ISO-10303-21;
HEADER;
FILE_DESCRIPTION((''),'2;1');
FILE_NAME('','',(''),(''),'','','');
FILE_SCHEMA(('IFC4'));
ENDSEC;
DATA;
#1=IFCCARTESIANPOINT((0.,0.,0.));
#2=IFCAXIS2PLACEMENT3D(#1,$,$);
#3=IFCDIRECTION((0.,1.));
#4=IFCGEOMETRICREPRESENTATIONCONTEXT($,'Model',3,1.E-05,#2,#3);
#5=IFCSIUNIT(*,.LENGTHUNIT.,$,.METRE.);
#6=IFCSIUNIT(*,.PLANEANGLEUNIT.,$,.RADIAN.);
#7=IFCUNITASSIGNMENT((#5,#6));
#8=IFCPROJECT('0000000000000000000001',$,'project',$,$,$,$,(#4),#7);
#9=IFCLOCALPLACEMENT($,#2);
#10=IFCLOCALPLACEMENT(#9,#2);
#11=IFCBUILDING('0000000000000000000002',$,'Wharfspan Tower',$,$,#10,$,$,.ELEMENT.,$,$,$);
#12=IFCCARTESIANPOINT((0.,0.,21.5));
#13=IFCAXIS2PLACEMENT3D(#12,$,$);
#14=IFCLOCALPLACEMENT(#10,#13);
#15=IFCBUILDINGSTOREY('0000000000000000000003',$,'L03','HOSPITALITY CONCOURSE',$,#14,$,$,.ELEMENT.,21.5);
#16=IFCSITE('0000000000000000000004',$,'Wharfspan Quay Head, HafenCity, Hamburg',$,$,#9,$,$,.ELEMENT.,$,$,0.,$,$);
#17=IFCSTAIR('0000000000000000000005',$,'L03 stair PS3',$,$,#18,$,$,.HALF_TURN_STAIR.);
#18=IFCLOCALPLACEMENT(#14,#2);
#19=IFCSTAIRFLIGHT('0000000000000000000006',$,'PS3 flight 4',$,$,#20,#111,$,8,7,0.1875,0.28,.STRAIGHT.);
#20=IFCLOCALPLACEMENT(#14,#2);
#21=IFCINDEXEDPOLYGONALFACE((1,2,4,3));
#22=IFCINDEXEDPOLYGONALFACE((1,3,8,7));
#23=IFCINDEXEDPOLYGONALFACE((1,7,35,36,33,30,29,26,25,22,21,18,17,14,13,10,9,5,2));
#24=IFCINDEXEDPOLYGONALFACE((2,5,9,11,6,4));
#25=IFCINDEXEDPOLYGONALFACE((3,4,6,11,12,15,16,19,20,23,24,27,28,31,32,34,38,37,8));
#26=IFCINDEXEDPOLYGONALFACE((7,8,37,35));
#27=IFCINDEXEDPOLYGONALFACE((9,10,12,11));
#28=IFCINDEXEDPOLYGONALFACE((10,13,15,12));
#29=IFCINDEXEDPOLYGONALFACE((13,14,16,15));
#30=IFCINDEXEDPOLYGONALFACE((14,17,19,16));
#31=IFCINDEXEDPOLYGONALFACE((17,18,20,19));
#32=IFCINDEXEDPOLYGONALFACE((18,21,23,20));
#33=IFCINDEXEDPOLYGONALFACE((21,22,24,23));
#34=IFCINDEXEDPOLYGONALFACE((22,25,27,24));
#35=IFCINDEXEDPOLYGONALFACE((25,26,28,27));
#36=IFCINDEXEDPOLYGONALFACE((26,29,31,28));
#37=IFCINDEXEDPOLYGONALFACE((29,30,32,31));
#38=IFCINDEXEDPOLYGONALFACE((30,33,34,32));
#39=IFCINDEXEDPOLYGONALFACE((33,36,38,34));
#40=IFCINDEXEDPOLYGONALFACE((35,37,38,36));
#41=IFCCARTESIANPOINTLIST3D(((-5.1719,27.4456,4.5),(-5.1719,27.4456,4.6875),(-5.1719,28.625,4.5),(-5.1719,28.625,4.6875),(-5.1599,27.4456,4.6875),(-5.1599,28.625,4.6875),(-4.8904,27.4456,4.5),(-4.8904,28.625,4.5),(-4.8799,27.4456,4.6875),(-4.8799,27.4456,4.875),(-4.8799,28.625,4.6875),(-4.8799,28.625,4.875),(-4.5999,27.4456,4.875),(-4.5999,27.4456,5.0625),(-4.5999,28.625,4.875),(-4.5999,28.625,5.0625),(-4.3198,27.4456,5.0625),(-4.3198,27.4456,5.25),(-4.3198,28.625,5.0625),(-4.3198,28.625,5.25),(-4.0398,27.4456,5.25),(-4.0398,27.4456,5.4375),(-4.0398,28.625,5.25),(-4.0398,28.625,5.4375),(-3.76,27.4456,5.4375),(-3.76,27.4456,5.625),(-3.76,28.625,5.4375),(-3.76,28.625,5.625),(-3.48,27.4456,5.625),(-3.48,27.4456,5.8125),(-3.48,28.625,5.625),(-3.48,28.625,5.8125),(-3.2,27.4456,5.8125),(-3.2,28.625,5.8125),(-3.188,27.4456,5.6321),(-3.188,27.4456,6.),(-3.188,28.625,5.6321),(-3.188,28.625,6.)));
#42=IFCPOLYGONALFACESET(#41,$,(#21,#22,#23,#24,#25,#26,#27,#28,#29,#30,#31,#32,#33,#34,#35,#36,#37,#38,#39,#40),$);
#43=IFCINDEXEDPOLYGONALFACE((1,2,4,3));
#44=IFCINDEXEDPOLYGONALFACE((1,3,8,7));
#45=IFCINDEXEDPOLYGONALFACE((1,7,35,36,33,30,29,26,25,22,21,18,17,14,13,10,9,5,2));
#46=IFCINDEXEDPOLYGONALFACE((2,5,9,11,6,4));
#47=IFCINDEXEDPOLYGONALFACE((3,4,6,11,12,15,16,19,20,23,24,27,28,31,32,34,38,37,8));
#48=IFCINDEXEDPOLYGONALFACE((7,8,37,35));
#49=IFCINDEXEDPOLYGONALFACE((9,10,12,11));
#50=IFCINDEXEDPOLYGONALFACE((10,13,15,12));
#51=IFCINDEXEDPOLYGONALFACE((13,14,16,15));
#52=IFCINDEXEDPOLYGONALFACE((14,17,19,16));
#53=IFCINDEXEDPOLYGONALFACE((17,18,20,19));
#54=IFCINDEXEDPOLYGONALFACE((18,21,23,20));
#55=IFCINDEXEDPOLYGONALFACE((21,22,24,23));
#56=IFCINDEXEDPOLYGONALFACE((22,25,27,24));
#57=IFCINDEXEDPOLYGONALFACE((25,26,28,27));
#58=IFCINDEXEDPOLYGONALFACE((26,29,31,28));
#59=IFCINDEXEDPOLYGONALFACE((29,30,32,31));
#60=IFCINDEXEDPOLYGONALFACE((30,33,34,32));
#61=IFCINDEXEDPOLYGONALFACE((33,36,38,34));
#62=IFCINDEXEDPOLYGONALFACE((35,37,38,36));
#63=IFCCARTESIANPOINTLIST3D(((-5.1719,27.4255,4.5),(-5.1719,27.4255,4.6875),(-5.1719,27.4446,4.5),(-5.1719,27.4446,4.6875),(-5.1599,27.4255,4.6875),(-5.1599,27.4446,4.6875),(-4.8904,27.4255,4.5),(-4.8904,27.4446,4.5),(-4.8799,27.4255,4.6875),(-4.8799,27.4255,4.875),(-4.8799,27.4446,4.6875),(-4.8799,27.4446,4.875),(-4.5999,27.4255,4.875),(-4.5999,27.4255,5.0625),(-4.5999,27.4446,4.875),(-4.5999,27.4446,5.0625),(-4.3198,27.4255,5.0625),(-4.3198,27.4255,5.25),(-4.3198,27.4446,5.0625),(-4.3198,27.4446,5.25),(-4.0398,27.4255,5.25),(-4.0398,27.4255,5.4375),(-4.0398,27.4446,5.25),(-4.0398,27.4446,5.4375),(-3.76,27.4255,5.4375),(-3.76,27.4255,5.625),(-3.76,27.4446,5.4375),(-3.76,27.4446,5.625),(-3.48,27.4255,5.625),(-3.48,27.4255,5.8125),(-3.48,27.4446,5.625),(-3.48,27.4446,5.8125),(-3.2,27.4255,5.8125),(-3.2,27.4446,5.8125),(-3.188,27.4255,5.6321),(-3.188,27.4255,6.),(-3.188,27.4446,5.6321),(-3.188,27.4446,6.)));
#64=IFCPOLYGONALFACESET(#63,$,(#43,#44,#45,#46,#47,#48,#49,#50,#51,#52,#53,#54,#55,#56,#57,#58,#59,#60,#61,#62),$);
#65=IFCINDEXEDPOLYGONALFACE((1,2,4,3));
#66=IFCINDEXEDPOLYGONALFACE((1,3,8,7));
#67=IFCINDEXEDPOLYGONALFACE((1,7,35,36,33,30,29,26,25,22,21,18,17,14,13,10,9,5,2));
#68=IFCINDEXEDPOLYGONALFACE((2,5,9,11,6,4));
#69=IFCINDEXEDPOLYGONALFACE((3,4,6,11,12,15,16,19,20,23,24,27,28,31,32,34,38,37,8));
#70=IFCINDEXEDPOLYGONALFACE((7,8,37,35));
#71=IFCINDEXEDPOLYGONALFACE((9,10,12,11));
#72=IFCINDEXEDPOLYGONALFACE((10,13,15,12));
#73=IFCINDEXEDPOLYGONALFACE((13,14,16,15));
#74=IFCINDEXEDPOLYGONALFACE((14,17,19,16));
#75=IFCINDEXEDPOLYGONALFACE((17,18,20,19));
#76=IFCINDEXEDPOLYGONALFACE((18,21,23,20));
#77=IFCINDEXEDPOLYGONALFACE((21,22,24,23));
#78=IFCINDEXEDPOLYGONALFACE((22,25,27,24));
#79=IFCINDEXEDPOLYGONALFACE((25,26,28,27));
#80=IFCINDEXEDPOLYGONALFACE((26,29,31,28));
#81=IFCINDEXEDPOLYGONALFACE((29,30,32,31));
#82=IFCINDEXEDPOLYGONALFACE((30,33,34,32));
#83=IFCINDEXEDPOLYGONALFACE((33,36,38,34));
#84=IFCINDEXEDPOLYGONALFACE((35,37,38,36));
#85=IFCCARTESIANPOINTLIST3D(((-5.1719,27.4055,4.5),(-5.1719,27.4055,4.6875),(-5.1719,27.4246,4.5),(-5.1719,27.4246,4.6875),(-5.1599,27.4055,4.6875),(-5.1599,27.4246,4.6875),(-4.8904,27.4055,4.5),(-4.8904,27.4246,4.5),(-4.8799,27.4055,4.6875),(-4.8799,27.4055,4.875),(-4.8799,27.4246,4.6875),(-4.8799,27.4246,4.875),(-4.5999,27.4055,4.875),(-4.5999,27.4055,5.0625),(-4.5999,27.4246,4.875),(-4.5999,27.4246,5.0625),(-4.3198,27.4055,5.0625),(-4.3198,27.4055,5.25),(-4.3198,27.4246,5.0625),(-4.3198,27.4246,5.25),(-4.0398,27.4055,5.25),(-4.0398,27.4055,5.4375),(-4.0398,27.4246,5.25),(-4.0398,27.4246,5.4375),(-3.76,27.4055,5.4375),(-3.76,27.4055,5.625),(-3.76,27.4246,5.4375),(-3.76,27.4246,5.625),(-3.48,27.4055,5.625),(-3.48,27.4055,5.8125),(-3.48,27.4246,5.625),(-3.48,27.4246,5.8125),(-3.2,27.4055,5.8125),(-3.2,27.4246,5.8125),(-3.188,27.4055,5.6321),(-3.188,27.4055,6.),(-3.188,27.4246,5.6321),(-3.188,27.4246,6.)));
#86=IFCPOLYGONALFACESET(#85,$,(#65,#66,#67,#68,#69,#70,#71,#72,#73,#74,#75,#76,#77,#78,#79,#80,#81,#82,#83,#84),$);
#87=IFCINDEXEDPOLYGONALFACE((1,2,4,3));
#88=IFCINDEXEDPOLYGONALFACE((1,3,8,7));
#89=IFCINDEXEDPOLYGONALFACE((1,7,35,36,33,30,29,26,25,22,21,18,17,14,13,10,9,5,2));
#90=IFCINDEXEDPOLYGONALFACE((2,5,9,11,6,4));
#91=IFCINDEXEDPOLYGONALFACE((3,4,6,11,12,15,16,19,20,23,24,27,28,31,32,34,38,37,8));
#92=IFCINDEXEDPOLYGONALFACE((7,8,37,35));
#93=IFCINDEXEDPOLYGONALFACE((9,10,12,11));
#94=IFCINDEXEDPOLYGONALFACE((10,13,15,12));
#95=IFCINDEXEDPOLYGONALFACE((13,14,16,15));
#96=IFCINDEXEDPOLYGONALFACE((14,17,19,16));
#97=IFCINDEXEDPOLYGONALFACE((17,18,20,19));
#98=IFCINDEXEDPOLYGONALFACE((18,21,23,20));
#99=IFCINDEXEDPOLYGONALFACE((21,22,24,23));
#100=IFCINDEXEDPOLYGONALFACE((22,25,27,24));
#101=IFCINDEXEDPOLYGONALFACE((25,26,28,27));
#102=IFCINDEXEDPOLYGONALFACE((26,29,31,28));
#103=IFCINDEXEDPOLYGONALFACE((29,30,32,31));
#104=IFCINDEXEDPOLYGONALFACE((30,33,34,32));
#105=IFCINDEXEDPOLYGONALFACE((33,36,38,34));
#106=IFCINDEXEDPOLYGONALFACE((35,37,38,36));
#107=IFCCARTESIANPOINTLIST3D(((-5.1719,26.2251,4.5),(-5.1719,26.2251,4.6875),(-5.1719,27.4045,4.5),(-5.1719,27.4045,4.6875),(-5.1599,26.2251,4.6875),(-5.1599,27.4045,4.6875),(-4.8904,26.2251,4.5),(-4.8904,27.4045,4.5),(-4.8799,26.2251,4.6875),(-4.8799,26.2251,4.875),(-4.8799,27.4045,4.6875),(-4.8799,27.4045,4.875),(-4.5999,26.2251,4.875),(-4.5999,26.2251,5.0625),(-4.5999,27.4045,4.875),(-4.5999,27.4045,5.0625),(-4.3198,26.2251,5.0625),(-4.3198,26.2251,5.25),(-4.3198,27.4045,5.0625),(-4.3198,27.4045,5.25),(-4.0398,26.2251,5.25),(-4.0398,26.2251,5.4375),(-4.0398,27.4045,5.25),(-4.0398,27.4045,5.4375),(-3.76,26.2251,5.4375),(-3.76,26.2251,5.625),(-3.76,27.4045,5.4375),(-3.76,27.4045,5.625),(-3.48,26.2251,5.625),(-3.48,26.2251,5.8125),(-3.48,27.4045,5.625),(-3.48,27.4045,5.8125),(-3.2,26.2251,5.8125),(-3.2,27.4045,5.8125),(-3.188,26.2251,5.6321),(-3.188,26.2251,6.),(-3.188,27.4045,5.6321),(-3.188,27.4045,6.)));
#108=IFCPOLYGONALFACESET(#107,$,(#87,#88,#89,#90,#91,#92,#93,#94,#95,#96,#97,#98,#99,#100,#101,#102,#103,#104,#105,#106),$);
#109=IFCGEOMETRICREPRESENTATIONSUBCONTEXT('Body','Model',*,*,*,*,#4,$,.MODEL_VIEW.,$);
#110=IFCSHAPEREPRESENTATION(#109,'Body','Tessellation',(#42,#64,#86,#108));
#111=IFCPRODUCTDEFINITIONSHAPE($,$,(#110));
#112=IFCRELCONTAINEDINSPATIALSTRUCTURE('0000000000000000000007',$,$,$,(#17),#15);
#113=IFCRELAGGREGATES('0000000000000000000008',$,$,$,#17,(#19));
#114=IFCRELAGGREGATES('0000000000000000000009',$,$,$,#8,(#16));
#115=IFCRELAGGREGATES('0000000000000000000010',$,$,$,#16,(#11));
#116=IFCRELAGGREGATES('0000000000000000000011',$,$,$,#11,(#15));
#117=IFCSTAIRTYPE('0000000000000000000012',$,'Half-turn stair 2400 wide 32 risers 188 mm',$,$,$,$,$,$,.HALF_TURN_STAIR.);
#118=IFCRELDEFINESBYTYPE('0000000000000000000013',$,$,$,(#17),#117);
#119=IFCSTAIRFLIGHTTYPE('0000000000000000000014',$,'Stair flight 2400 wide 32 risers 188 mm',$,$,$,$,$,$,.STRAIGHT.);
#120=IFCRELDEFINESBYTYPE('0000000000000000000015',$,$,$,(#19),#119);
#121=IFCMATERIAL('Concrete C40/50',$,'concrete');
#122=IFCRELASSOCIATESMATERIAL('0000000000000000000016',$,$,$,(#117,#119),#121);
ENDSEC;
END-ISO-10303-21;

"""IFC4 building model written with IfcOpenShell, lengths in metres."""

from ifc_helpers import new_model, si_unit, direction, frame, origin, place, context, subcontext, project, spatial, polyline, outline, extrude, material, type_object, element, aggregate, save


model = new_model("IFC4")

# Units and contexts
model_context = context("Model", 3, precision=1e-05, world=origin(), true_north=direction((0.0, 1.0)))
body_context = subcontext(model_context, "Body", "Model", "MODEL_VIEW")
ifc_project = project(units=[si_unit("LENGTHUNIT", "METRE"), si_unit("PLANEANGLEUNIT", "RADIAN")], contexts=[model_context])

# Site, building, storey
site_placement = place(None, origin())
site = spatial("IfcSite", under=ifc_project, at=site_placement, Name="Wharfspan Quay Head, HafenCity, Hamburg", CompositionType="ELEMENT", RefElevation=0.0)
building_placement = place(site_placement, origin())
building = spatial("IfcBuilding", under=site, at=building_placement, Name="Wharfspan Tower", CompositionType="ELEMENT")
storey_placement = place(building_placement, frame((0.0, 0.0, 21.5)))
storey = spatial("IfcBuildingStorey", under=building, at=storey_placement, Name="L03", Description="HOSPITALITY CONCOURSE", CompositionType="ELEMENT", Elevation=21.5)

# Stair, stair flight
ifc_material_1 = material(Name="Concrete C40/50", Category="concrete")
stair_type = type_object("IfcStairType", Name="Half-turn stair 2400 wide 32 risers 188 mm", PredefinedType="HALF_TURN_STAIR", material=ifc_material_1)
stair_flight_type = type_object("IfcStairFlightType", Name="Stair flight 2400 wide 32 risers 188 mm", PredefinedType="STRAIGHT", material=ifc_material_1)
stair_1_placement = place(storey_placement, origin())
stair_1 = element("IfcStair", 1, at=stair_1_placement, inside=storey, type_object=stair_type, Name="L03 stair PS3", PredefinedType="HALF_TURN_STAIR")
stair_flight_1_placement = place(storey_placement, frame((-5.1599, 27.425, 4.5), z_axis=(0.0, 0.0, 1.0), x_axis=(1.0, 0.0, 0.0)))
stair_flight_1 = element("IfcStairFlight", 2, at=stair_flight_1_placement, type_object=stair_flight_type, Name="PS3 flight 4", NumberOfRisers=8, NumberOfTreads=7, PredefinedType="STRAIGHT", RiserHeight=0.1875, TreadLength=0.28, context=body_context, shape_type="SweptSolid", body=[
    extrude(outline(polyline([(-0.012, 0.0), (-0.012, 0.1875), (0.0, 0.1875), (0.28, 0.1875), (0.28, 0.375), (0.5601, 0.375), (0.5601, 0.5625), (0.8401, 0.5625), (0.8401, 0.75), (1.1201, 0.75), (1.1201, 0.9375), (1.3999, 0.9375), (1.3999, 1.125), (1.6799, 1.125), (1.6799, 1.3125), (1.96, 1.3125), (1.9719, 1.5), (1.9719, 1.1321), (0.2695, 0.0), (-0.012, 0.0)])), frame((0.0, 1.2, 0.0), z_axis=(0.0, -1.0, 0.0), x_axis=(1.0, 0.0, 0.0)), (0.0, 0.0, 1.0), 1.1794),
    extrude(outline(polyline([(-0.012, 0.0), (-0.012, 0.1875), (0.0, 0.1875), (0.28, 0.1875), (0.28, 0.375), (0.5601, 0.375), (0.5601, 0.5625), (0.8401, 0.5625), (0.8401, 0.75), (1.1201, 0.75), (1.1201, 0.9375), (1.3999, 0.9375), (1.3999, 1.125), (1.6799, 1.125), (1.6799, 1.3125), (1.96, 1.3125), (1.9719, 1.5), (1.9719, 1.1321), (0.2695, 0.0), (-0.012, 0.0)])), frame((0.0, 0.0195, 0.0), z_axis=(0.0, -1.0, 0.0), x_axis=(1.0, 0.0, 0.0)), (0.0, 0.0, 1.0), 0.019),
    extrude(outline(polyline([(-0.012, 0.0), (-0.012, 0.1875), (0.0, 0.1875), (0.28, 0.1875), (0.28, 0.375), (0.5601, 0.375), (0.5601, 0.5625), (0.8401, 0.5625), (0.8401, 0.75), (1.1201, 0.75), (1.1201, 0.9375), (1.3999, 0.9375), (1.3999, 1.125), (1.6799, 1.125), (1.6799, 1.3125), (1.96, 1.3125), (1.9719, 1.5), (1.9719, 1.1321), (0.2695, 0.0), (-0.012, 0.0)])), frame((0.0, -0.0005, 0.0), z_axis=(0.0, -1.0, 0.0), x_axis=(1.0, 0.0, 0.0)), (0.0, 0.0, 1.0), 0.019),
    extrude(outline(polyline([(-0.012, 0.0), (-0.012, 0.1875), (0.0, 0.1875), (0.28, 0.1875), (0.28, 0.375), (0.5601, 0.375), (0.5601, 0.5625), (0.8401, 0.5625), (0.8401, 0.75), (1.1201, 0.75), (1.1201, 0.9375), (1.3999, 0.9375), (1.3999, 1.125), (1.6799, 1.125), (1.6799, 1.3125), (1.96, 1.3125), (1.9719, 1.5), (1.9719, 1.1321), (0.2695, 0.0), (-0.012, 0.0)])), frame((0.0, -0.0205, 0.0), z_axis=(0.0, -1.0, 0.0), x_axis=(1.0, 0.0, 0.0)), (0.0, 0.0, 1.0), 1.1794),
])
aggregate(stair_1, [stair_flight_1])

save(model, "model.ifc")
